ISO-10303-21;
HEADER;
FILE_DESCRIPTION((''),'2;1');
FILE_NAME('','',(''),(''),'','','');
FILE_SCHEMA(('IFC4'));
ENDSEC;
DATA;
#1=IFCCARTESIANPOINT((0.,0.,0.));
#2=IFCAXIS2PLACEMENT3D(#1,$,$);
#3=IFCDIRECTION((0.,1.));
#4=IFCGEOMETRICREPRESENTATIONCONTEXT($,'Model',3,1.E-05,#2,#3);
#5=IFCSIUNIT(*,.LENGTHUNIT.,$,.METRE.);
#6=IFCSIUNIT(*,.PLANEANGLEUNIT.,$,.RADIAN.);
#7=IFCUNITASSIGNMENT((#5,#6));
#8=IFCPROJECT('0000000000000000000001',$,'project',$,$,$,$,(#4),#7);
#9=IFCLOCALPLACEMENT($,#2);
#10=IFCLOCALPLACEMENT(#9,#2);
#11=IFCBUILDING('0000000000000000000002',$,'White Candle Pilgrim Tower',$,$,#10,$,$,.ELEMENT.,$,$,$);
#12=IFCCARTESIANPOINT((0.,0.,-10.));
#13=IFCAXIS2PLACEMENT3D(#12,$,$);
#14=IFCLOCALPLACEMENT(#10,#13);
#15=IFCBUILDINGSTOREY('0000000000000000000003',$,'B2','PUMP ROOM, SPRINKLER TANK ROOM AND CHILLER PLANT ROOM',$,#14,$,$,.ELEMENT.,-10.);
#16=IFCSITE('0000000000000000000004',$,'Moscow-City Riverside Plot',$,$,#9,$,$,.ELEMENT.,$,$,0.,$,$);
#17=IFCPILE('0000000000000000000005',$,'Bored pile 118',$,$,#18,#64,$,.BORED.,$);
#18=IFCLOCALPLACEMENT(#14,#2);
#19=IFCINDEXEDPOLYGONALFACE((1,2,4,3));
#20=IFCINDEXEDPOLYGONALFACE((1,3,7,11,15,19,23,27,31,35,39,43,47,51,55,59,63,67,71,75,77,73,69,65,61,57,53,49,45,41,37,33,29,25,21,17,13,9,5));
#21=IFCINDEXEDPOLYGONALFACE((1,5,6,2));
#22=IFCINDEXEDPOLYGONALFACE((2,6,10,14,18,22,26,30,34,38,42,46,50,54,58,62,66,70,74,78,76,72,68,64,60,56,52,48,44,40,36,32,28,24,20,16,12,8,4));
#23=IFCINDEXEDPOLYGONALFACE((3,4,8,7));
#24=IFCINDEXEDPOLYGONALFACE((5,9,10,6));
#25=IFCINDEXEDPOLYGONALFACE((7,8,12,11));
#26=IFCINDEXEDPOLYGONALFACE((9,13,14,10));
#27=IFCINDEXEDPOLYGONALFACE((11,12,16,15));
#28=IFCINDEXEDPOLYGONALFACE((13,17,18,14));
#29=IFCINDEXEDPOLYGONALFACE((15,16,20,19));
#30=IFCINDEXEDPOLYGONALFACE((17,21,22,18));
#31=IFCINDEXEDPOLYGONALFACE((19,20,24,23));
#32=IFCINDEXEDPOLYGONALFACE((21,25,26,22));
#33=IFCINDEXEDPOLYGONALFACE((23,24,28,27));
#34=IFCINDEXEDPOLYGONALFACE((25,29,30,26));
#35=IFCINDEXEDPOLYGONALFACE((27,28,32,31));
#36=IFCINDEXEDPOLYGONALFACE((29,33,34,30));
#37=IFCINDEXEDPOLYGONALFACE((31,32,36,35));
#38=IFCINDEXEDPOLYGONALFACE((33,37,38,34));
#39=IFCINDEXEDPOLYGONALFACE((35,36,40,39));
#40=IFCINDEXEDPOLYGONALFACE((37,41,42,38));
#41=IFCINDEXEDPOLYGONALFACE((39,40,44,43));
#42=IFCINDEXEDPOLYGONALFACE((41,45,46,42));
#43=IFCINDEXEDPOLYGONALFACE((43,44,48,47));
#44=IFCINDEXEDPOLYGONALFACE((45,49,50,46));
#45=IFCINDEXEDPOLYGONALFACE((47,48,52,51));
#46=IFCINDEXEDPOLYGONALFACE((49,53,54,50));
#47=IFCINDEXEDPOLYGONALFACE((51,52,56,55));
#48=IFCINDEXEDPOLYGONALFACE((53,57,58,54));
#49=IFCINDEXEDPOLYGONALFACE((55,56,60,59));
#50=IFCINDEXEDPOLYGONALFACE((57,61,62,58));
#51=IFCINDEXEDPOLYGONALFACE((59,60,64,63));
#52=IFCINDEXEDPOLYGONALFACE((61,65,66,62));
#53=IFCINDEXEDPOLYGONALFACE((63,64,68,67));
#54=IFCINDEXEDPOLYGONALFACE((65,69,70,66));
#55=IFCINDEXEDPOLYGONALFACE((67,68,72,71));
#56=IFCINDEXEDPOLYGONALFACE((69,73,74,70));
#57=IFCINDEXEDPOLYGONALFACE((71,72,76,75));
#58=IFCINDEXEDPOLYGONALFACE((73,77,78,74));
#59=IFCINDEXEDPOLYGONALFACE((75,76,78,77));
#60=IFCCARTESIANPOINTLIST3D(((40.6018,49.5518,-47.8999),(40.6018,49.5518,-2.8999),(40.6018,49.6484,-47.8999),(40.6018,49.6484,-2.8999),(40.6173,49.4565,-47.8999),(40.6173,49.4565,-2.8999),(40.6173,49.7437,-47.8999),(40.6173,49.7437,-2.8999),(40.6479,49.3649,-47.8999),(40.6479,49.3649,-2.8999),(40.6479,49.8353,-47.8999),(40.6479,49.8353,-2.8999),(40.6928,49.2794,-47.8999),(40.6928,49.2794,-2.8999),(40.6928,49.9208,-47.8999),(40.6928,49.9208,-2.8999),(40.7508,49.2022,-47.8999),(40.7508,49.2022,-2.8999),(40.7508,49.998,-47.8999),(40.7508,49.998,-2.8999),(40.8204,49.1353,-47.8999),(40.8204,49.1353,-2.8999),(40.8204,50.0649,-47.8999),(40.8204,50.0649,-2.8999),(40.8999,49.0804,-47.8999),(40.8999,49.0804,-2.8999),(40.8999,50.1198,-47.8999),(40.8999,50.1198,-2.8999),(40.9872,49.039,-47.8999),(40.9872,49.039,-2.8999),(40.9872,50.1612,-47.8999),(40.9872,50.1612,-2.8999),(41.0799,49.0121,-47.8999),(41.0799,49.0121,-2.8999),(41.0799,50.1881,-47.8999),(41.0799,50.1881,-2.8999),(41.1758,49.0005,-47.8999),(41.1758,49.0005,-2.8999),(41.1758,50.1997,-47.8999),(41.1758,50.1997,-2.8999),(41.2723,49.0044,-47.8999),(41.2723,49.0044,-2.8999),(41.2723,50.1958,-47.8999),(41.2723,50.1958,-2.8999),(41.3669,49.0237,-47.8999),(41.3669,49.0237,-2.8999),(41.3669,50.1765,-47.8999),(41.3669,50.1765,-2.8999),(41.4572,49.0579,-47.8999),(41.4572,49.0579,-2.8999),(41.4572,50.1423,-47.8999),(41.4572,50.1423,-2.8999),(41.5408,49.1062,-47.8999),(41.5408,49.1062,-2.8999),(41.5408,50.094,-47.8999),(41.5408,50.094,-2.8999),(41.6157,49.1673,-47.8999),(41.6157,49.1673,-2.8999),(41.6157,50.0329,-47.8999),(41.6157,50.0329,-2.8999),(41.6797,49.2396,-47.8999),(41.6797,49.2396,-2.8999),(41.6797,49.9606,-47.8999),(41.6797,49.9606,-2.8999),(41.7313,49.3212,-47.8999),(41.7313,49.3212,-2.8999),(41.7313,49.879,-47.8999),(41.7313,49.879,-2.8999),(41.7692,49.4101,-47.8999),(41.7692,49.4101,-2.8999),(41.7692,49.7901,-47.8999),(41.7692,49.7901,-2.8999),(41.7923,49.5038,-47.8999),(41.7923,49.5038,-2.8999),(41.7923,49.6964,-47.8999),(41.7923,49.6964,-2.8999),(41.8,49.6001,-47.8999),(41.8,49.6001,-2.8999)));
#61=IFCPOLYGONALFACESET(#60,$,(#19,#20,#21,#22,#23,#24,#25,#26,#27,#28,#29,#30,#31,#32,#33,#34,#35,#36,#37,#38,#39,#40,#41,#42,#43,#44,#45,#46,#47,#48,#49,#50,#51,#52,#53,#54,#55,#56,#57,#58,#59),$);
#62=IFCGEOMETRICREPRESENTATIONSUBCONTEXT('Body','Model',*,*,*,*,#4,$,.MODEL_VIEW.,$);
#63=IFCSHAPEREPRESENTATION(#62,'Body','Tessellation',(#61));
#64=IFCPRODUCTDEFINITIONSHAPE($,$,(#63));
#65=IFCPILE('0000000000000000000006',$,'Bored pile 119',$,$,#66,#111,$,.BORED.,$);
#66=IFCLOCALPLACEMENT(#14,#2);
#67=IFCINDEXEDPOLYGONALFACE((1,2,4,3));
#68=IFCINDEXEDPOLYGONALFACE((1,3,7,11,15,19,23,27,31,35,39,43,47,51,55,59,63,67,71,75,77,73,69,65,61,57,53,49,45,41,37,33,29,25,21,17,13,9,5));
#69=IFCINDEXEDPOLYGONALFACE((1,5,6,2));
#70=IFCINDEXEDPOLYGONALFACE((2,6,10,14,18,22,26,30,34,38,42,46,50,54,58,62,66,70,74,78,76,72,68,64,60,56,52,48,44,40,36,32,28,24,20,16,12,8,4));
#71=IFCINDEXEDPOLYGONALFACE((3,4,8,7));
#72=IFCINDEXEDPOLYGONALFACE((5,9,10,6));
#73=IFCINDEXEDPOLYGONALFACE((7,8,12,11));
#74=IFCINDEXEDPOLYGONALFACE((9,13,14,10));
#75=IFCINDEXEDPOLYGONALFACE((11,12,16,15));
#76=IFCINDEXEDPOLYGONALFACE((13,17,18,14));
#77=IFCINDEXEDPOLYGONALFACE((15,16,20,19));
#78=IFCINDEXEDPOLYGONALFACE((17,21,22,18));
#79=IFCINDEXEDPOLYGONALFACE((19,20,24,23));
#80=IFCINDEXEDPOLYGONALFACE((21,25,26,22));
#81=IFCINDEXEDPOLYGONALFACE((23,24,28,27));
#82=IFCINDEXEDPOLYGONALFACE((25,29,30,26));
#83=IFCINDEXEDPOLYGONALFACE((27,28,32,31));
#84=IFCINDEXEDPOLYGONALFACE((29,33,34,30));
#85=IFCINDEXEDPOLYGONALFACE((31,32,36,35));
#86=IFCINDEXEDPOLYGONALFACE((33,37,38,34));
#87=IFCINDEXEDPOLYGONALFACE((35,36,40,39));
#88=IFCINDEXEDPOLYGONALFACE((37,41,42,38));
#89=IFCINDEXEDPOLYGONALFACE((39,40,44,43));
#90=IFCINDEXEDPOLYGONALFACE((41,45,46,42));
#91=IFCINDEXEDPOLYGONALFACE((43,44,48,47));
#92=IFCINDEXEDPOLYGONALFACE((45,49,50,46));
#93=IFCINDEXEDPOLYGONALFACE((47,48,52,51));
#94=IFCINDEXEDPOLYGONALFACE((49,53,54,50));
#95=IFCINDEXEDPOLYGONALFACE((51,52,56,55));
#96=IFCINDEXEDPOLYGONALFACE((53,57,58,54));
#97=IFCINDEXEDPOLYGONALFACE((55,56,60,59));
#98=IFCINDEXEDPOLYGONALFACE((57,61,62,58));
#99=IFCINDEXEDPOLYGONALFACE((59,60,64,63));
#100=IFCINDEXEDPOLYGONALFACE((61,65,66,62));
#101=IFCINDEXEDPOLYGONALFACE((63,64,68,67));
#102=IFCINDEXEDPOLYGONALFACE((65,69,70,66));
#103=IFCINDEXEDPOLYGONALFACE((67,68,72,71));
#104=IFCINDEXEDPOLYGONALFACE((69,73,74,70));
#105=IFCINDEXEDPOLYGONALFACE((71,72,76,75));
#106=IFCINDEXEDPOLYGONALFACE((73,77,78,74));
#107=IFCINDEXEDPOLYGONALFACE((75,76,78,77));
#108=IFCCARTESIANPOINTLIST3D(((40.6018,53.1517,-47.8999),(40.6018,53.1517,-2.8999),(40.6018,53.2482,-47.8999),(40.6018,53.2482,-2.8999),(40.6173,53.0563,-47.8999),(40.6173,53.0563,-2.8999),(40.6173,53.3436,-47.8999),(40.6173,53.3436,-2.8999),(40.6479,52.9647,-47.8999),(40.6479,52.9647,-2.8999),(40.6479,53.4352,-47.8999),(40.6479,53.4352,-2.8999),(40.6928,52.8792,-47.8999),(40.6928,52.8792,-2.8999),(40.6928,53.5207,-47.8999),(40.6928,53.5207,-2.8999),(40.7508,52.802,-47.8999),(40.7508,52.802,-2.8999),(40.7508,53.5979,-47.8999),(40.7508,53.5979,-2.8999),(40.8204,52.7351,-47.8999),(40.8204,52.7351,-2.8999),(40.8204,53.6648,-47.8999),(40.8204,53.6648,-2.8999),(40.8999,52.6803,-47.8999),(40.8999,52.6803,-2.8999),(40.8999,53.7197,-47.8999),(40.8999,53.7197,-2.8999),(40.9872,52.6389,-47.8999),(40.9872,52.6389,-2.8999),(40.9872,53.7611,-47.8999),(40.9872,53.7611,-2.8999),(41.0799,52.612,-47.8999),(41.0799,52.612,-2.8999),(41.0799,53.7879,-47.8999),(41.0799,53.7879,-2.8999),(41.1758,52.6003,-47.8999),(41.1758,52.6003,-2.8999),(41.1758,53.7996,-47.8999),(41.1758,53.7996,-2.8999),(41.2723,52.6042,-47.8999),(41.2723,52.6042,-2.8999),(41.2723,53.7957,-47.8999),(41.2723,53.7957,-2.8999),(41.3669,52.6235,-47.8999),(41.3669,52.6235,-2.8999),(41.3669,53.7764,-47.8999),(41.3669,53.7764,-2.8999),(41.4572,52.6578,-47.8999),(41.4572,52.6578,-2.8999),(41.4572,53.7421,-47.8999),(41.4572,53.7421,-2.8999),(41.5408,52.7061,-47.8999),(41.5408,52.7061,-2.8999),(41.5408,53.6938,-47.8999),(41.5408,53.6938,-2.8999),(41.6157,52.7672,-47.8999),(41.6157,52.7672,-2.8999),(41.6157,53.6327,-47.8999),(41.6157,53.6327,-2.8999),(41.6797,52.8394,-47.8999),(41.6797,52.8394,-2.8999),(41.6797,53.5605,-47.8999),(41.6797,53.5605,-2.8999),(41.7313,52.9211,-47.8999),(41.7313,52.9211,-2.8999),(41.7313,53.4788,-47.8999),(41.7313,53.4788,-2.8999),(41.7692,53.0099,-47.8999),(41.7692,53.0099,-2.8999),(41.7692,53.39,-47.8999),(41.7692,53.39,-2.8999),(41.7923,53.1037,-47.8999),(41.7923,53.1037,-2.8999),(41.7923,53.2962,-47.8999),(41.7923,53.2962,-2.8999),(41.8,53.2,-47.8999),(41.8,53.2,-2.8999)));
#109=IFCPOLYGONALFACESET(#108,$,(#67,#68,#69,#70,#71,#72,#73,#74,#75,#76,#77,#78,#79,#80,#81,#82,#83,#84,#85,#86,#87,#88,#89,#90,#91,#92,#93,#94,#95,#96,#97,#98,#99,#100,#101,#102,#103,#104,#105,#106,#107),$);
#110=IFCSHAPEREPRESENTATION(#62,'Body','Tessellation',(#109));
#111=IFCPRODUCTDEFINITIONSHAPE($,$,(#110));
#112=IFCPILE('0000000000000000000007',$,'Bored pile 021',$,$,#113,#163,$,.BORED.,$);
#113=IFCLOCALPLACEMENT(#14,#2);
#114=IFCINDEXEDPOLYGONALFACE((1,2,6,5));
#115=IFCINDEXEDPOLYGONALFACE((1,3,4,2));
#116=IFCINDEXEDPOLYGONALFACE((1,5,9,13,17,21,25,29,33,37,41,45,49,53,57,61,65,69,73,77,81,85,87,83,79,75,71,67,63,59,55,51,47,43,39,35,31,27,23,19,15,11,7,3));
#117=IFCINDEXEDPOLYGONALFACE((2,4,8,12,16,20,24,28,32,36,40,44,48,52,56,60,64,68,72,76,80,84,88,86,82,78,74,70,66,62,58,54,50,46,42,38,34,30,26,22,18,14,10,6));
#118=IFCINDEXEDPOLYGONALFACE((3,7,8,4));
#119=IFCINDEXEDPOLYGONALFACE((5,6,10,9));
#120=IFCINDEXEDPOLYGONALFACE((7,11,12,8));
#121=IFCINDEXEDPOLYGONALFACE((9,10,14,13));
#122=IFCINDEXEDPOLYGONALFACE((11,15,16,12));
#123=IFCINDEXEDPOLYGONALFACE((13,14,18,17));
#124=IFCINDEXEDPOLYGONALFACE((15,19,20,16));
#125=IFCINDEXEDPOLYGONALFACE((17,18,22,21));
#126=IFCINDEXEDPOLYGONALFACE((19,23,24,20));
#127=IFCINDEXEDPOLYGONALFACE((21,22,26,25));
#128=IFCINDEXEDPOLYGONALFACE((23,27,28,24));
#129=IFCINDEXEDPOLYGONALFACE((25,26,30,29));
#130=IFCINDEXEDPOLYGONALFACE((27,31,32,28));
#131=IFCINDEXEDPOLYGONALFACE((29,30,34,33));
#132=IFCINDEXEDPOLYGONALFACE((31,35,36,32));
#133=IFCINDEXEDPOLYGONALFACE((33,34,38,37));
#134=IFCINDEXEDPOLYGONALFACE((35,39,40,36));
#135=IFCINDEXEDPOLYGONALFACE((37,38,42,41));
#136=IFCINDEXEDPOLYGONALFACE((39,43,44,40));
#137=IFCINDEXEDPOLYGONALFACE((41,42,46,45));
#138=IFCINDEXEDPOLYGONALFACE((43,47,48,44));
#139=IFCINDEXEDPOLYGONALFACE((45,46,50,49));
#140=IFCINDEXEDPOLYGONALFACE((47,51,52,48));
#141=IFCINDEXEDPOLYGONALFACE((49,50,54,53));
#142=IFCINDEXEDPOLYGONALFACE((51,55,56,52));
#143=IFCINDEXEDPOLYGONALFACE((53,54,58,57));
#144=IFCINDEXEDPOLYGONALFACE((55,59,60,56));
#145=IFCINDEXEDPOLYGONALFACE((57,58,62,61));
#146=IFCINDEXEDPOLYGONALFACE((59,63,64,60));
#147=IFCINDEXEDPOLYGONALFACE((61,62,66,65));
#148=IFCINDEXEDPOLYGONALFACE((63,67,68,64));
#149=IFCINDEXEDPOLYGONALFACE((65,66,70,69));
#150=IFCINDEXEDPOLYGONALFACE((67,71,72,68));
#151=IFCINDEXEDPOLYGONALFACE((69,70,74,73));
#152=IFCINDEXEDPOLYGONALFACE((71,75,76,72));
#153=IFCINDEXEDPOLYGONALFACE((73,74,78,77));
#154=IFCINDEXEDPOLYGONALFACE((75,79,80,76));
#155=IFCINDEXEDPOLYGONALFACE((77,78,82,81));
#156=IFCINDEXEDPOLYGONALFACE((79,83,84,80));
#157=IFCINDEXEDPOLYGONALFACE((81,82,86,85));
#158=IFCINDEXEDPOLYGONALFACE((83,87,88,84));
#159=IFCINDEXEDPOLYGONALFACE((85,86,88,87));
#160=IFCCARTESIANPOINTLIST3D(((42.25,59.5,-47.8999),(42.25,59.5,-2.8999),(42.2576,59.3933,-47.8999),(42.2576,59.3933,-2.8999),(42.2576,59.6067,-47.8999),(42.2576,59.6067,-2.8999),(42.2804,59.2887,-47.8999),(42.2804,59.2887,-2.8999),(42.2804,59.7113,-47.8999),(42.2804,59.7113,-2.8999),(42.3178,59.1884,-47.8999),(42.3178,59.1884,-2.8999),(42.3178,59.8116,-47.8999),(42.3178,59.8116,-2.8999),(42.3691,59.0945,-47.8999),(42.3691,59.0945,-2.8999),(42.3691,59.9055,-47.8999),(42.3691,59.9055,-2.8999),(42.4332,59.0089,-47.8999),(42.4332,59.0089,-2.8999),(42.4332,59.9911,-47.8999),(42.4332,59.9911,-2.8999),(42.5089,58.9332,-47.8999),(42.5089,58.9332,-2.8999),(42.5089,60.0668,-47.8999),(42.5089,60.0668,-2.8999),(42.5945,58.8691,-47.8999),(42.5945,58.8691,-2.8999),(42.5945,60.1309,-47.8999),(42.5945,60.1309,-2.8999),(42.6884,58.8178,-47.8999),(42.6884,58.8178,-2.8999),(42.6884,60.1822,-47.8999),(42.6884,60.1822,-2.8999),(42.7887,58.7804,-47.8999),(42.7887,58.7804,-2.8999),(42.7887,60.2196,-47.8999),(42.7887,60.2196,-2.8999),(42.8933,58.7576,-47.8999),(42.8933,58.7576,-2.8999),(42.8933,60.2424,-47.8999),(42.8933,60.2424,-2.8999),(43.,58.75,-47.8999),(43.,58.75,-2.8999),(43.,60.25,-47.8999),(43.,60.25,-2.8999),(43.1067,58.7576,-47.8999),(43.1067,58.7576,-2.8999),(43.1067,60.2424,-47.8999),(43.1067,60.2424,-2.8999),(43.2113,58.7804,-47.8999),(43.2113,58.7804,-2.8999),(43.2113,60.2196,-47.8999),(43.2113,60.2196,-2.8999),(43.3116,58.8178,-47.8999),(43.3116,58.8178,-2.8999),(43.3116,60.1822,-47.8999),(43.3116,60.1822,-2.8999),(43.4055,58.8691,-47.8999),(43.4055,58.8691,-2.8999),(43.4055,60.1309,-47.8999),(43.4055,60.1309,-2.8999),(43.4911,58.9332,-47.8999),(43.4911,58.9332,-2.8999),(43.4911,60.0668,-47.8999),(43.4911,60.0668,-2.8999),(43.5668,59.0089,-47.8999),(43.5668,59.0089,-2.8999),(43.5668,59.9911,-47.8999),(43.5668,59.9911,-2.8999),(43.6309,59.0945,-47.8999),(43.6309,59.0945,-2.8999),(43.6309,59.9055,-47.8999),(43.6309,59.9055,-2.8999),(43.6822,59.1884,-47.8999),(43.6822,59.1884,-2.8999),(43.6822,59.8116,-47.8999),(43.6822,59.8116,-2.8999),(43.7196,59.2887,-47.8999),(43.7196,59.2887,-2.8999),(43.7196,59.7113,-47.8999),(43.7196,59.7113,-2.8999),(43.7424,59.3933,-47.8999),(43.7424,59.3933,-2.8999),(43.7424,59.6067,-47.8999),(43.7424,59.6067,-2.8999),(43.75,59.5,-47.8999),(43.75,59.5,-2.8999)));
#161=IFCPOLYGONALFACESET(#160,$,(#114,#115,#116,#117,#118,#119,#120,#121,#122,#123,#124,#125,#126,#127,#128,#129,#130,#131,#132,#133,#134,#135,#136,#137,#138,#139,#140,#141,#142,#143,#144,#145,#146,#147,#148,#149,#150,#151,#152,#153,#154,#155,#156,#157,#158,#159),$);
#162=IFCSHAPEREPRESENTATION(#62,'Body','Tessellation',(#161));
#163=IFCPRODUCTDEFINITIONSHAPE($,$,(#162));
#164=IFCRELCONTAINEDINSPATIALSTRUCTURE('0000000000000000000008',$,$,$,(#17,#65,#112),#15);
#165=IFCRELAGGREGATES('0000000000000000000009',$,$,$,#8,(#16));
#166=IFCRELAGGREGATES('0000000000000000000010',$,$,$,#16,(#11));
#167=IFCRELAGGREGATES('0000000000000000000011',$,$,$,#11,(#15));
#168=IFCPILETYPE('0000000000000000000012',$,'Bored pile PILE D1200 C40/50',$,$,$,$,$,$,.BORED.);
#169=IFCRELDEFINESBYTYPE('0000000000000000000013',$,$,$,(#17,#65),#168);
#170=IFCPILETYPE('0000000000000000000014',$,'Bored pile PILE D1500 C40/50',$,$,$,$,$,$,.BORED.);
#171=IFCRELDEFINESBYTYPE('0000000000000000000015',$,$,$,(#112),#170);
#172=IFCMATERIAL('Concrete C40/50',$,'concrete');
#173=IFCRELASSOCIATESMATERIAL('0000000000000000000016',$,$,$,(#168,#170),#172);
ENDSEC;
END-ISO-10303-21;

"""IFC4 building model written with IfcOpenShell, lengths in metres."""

from ifc_helpers import new_model, si_unit, direction, frame, origin, origin_2d, place, context, subcontext, project, spatial, circle, extrude, material, material_profile, profile_set, type_object, element, save


model = new_model("IFC4")

# Units and contexts
model_context = context("Model", 3, precision=1e-05, world=origin(), true_north=direction((0.0, 1.0)))
body_context = subcontext(model_context, "Body", "Model", "MODEL_VIEW")
ifc_project = project(units=[si_unit("LENGTHUNIT", "METRE"), si_unit("PLANEANGLEUNIT", "RADIAN")], contexts=[model_context])

# Site, building, storey
site_placement = place(None, origin())
site = spatial("IfcSite", under=ifc_project, at=site_placement, Name="Moscow-City Riverside Plot", CompositionType="ELEMENT", RefElevation=0.0)
building_placement = place(site_placement, origin())
building = spatial("IfcBuilding", under=site, at=building_placement, Name="White Candle Pilgrim Tower", CompositionType="ELEMENT")
storey_placement = place(building_placement, frame((0.0, 0.0, -10.0)))
storey = spatial("IfcBuildingStorey", under=building, at=storey_placement, Name="B2", Description="PUMP ROOM, SPRINKLER TANK ROOM AND CHILLER PLANT ROOM", CompositionType="ELEMENT", Elevation=-10.0)

# Piles
ifc_material_1 = material(Name="Concrete C40/50", Category="concrete")
ifc_material_profile_1 = material_profile(ifc_material_1, circle(Radius=0.6001, at=origin_2d()), Name="PILE D1200")
ifc_profile_set_1 = profile_set([ifc_material_profile_1], Name="Concrete C40/50")
pile_type_1 = type_object("IfcPileType", Name="Bored pile PILE D1200 C40/50", PredefinedType="BORED", material=ifc_profile_set_1)
for number, where, z_axis, x_axis, name in (
    (1, (41.2, 49.6001, -2.8999), (0.0, 0.0, -1.0), (1.0, 0.0, 0.0), "Bored pile 118"),
    (2, (41.2, 53.2, -2.8999), (0.0, 0.0, -1.0), (1.0, 0.0, 0.0), "Bored pile 119"),
):
    element("IfcPile", number, at=place(storey_placement, frame(where, z_axis=z_axis, x_axis=x_axis)), inside=storey, type_object=pile_type_1, Name=name, PredefinedType="BORED", context=body_context, shape_type="SweptSolid", body=[
        extrude(circle(Radius=0.6001, at=origin_2d()), origin(), (0.0, 0.0, 1.0), 45.0),
    ])
ifc_material_profile_2 = material_profile(ifc_material_1, circle(Radius=0.75, at=origin_2d()), Name="PILE D1500")
ifc_profile_set_2 = profile_set([ifc_material_profile_2], Name="Concrete C40/50")
pile_type_2 = type_object("IfcPileType", Name="Bored pile PILE D1500 C40/50", PredefinedType="BORED", material=ifc_profile_set_2)
for number, where, z_axis, x_axis, name in (
    (3, (43.0, 59.5, -2.8999), (0.0, 0.0, -1.0), (1.0, 0.0, 0.0), "Bored pile 021"),
):
    element("IfcPile", number, at=place(storey_placement, frame(where, z_axis=z_axis, x_axis=x_axis)), inside=storey, type_object=pile_type_2, Name=name, PredefinedType="BORED", context=body_context, shape_type="SweptSolid", body=[
        extrude(circle(Radius=0.75, at=origin_2d()), origin(), (0.0, 0.0, 1.0), 45.0),
    ])

save(model, "model.ifc")
